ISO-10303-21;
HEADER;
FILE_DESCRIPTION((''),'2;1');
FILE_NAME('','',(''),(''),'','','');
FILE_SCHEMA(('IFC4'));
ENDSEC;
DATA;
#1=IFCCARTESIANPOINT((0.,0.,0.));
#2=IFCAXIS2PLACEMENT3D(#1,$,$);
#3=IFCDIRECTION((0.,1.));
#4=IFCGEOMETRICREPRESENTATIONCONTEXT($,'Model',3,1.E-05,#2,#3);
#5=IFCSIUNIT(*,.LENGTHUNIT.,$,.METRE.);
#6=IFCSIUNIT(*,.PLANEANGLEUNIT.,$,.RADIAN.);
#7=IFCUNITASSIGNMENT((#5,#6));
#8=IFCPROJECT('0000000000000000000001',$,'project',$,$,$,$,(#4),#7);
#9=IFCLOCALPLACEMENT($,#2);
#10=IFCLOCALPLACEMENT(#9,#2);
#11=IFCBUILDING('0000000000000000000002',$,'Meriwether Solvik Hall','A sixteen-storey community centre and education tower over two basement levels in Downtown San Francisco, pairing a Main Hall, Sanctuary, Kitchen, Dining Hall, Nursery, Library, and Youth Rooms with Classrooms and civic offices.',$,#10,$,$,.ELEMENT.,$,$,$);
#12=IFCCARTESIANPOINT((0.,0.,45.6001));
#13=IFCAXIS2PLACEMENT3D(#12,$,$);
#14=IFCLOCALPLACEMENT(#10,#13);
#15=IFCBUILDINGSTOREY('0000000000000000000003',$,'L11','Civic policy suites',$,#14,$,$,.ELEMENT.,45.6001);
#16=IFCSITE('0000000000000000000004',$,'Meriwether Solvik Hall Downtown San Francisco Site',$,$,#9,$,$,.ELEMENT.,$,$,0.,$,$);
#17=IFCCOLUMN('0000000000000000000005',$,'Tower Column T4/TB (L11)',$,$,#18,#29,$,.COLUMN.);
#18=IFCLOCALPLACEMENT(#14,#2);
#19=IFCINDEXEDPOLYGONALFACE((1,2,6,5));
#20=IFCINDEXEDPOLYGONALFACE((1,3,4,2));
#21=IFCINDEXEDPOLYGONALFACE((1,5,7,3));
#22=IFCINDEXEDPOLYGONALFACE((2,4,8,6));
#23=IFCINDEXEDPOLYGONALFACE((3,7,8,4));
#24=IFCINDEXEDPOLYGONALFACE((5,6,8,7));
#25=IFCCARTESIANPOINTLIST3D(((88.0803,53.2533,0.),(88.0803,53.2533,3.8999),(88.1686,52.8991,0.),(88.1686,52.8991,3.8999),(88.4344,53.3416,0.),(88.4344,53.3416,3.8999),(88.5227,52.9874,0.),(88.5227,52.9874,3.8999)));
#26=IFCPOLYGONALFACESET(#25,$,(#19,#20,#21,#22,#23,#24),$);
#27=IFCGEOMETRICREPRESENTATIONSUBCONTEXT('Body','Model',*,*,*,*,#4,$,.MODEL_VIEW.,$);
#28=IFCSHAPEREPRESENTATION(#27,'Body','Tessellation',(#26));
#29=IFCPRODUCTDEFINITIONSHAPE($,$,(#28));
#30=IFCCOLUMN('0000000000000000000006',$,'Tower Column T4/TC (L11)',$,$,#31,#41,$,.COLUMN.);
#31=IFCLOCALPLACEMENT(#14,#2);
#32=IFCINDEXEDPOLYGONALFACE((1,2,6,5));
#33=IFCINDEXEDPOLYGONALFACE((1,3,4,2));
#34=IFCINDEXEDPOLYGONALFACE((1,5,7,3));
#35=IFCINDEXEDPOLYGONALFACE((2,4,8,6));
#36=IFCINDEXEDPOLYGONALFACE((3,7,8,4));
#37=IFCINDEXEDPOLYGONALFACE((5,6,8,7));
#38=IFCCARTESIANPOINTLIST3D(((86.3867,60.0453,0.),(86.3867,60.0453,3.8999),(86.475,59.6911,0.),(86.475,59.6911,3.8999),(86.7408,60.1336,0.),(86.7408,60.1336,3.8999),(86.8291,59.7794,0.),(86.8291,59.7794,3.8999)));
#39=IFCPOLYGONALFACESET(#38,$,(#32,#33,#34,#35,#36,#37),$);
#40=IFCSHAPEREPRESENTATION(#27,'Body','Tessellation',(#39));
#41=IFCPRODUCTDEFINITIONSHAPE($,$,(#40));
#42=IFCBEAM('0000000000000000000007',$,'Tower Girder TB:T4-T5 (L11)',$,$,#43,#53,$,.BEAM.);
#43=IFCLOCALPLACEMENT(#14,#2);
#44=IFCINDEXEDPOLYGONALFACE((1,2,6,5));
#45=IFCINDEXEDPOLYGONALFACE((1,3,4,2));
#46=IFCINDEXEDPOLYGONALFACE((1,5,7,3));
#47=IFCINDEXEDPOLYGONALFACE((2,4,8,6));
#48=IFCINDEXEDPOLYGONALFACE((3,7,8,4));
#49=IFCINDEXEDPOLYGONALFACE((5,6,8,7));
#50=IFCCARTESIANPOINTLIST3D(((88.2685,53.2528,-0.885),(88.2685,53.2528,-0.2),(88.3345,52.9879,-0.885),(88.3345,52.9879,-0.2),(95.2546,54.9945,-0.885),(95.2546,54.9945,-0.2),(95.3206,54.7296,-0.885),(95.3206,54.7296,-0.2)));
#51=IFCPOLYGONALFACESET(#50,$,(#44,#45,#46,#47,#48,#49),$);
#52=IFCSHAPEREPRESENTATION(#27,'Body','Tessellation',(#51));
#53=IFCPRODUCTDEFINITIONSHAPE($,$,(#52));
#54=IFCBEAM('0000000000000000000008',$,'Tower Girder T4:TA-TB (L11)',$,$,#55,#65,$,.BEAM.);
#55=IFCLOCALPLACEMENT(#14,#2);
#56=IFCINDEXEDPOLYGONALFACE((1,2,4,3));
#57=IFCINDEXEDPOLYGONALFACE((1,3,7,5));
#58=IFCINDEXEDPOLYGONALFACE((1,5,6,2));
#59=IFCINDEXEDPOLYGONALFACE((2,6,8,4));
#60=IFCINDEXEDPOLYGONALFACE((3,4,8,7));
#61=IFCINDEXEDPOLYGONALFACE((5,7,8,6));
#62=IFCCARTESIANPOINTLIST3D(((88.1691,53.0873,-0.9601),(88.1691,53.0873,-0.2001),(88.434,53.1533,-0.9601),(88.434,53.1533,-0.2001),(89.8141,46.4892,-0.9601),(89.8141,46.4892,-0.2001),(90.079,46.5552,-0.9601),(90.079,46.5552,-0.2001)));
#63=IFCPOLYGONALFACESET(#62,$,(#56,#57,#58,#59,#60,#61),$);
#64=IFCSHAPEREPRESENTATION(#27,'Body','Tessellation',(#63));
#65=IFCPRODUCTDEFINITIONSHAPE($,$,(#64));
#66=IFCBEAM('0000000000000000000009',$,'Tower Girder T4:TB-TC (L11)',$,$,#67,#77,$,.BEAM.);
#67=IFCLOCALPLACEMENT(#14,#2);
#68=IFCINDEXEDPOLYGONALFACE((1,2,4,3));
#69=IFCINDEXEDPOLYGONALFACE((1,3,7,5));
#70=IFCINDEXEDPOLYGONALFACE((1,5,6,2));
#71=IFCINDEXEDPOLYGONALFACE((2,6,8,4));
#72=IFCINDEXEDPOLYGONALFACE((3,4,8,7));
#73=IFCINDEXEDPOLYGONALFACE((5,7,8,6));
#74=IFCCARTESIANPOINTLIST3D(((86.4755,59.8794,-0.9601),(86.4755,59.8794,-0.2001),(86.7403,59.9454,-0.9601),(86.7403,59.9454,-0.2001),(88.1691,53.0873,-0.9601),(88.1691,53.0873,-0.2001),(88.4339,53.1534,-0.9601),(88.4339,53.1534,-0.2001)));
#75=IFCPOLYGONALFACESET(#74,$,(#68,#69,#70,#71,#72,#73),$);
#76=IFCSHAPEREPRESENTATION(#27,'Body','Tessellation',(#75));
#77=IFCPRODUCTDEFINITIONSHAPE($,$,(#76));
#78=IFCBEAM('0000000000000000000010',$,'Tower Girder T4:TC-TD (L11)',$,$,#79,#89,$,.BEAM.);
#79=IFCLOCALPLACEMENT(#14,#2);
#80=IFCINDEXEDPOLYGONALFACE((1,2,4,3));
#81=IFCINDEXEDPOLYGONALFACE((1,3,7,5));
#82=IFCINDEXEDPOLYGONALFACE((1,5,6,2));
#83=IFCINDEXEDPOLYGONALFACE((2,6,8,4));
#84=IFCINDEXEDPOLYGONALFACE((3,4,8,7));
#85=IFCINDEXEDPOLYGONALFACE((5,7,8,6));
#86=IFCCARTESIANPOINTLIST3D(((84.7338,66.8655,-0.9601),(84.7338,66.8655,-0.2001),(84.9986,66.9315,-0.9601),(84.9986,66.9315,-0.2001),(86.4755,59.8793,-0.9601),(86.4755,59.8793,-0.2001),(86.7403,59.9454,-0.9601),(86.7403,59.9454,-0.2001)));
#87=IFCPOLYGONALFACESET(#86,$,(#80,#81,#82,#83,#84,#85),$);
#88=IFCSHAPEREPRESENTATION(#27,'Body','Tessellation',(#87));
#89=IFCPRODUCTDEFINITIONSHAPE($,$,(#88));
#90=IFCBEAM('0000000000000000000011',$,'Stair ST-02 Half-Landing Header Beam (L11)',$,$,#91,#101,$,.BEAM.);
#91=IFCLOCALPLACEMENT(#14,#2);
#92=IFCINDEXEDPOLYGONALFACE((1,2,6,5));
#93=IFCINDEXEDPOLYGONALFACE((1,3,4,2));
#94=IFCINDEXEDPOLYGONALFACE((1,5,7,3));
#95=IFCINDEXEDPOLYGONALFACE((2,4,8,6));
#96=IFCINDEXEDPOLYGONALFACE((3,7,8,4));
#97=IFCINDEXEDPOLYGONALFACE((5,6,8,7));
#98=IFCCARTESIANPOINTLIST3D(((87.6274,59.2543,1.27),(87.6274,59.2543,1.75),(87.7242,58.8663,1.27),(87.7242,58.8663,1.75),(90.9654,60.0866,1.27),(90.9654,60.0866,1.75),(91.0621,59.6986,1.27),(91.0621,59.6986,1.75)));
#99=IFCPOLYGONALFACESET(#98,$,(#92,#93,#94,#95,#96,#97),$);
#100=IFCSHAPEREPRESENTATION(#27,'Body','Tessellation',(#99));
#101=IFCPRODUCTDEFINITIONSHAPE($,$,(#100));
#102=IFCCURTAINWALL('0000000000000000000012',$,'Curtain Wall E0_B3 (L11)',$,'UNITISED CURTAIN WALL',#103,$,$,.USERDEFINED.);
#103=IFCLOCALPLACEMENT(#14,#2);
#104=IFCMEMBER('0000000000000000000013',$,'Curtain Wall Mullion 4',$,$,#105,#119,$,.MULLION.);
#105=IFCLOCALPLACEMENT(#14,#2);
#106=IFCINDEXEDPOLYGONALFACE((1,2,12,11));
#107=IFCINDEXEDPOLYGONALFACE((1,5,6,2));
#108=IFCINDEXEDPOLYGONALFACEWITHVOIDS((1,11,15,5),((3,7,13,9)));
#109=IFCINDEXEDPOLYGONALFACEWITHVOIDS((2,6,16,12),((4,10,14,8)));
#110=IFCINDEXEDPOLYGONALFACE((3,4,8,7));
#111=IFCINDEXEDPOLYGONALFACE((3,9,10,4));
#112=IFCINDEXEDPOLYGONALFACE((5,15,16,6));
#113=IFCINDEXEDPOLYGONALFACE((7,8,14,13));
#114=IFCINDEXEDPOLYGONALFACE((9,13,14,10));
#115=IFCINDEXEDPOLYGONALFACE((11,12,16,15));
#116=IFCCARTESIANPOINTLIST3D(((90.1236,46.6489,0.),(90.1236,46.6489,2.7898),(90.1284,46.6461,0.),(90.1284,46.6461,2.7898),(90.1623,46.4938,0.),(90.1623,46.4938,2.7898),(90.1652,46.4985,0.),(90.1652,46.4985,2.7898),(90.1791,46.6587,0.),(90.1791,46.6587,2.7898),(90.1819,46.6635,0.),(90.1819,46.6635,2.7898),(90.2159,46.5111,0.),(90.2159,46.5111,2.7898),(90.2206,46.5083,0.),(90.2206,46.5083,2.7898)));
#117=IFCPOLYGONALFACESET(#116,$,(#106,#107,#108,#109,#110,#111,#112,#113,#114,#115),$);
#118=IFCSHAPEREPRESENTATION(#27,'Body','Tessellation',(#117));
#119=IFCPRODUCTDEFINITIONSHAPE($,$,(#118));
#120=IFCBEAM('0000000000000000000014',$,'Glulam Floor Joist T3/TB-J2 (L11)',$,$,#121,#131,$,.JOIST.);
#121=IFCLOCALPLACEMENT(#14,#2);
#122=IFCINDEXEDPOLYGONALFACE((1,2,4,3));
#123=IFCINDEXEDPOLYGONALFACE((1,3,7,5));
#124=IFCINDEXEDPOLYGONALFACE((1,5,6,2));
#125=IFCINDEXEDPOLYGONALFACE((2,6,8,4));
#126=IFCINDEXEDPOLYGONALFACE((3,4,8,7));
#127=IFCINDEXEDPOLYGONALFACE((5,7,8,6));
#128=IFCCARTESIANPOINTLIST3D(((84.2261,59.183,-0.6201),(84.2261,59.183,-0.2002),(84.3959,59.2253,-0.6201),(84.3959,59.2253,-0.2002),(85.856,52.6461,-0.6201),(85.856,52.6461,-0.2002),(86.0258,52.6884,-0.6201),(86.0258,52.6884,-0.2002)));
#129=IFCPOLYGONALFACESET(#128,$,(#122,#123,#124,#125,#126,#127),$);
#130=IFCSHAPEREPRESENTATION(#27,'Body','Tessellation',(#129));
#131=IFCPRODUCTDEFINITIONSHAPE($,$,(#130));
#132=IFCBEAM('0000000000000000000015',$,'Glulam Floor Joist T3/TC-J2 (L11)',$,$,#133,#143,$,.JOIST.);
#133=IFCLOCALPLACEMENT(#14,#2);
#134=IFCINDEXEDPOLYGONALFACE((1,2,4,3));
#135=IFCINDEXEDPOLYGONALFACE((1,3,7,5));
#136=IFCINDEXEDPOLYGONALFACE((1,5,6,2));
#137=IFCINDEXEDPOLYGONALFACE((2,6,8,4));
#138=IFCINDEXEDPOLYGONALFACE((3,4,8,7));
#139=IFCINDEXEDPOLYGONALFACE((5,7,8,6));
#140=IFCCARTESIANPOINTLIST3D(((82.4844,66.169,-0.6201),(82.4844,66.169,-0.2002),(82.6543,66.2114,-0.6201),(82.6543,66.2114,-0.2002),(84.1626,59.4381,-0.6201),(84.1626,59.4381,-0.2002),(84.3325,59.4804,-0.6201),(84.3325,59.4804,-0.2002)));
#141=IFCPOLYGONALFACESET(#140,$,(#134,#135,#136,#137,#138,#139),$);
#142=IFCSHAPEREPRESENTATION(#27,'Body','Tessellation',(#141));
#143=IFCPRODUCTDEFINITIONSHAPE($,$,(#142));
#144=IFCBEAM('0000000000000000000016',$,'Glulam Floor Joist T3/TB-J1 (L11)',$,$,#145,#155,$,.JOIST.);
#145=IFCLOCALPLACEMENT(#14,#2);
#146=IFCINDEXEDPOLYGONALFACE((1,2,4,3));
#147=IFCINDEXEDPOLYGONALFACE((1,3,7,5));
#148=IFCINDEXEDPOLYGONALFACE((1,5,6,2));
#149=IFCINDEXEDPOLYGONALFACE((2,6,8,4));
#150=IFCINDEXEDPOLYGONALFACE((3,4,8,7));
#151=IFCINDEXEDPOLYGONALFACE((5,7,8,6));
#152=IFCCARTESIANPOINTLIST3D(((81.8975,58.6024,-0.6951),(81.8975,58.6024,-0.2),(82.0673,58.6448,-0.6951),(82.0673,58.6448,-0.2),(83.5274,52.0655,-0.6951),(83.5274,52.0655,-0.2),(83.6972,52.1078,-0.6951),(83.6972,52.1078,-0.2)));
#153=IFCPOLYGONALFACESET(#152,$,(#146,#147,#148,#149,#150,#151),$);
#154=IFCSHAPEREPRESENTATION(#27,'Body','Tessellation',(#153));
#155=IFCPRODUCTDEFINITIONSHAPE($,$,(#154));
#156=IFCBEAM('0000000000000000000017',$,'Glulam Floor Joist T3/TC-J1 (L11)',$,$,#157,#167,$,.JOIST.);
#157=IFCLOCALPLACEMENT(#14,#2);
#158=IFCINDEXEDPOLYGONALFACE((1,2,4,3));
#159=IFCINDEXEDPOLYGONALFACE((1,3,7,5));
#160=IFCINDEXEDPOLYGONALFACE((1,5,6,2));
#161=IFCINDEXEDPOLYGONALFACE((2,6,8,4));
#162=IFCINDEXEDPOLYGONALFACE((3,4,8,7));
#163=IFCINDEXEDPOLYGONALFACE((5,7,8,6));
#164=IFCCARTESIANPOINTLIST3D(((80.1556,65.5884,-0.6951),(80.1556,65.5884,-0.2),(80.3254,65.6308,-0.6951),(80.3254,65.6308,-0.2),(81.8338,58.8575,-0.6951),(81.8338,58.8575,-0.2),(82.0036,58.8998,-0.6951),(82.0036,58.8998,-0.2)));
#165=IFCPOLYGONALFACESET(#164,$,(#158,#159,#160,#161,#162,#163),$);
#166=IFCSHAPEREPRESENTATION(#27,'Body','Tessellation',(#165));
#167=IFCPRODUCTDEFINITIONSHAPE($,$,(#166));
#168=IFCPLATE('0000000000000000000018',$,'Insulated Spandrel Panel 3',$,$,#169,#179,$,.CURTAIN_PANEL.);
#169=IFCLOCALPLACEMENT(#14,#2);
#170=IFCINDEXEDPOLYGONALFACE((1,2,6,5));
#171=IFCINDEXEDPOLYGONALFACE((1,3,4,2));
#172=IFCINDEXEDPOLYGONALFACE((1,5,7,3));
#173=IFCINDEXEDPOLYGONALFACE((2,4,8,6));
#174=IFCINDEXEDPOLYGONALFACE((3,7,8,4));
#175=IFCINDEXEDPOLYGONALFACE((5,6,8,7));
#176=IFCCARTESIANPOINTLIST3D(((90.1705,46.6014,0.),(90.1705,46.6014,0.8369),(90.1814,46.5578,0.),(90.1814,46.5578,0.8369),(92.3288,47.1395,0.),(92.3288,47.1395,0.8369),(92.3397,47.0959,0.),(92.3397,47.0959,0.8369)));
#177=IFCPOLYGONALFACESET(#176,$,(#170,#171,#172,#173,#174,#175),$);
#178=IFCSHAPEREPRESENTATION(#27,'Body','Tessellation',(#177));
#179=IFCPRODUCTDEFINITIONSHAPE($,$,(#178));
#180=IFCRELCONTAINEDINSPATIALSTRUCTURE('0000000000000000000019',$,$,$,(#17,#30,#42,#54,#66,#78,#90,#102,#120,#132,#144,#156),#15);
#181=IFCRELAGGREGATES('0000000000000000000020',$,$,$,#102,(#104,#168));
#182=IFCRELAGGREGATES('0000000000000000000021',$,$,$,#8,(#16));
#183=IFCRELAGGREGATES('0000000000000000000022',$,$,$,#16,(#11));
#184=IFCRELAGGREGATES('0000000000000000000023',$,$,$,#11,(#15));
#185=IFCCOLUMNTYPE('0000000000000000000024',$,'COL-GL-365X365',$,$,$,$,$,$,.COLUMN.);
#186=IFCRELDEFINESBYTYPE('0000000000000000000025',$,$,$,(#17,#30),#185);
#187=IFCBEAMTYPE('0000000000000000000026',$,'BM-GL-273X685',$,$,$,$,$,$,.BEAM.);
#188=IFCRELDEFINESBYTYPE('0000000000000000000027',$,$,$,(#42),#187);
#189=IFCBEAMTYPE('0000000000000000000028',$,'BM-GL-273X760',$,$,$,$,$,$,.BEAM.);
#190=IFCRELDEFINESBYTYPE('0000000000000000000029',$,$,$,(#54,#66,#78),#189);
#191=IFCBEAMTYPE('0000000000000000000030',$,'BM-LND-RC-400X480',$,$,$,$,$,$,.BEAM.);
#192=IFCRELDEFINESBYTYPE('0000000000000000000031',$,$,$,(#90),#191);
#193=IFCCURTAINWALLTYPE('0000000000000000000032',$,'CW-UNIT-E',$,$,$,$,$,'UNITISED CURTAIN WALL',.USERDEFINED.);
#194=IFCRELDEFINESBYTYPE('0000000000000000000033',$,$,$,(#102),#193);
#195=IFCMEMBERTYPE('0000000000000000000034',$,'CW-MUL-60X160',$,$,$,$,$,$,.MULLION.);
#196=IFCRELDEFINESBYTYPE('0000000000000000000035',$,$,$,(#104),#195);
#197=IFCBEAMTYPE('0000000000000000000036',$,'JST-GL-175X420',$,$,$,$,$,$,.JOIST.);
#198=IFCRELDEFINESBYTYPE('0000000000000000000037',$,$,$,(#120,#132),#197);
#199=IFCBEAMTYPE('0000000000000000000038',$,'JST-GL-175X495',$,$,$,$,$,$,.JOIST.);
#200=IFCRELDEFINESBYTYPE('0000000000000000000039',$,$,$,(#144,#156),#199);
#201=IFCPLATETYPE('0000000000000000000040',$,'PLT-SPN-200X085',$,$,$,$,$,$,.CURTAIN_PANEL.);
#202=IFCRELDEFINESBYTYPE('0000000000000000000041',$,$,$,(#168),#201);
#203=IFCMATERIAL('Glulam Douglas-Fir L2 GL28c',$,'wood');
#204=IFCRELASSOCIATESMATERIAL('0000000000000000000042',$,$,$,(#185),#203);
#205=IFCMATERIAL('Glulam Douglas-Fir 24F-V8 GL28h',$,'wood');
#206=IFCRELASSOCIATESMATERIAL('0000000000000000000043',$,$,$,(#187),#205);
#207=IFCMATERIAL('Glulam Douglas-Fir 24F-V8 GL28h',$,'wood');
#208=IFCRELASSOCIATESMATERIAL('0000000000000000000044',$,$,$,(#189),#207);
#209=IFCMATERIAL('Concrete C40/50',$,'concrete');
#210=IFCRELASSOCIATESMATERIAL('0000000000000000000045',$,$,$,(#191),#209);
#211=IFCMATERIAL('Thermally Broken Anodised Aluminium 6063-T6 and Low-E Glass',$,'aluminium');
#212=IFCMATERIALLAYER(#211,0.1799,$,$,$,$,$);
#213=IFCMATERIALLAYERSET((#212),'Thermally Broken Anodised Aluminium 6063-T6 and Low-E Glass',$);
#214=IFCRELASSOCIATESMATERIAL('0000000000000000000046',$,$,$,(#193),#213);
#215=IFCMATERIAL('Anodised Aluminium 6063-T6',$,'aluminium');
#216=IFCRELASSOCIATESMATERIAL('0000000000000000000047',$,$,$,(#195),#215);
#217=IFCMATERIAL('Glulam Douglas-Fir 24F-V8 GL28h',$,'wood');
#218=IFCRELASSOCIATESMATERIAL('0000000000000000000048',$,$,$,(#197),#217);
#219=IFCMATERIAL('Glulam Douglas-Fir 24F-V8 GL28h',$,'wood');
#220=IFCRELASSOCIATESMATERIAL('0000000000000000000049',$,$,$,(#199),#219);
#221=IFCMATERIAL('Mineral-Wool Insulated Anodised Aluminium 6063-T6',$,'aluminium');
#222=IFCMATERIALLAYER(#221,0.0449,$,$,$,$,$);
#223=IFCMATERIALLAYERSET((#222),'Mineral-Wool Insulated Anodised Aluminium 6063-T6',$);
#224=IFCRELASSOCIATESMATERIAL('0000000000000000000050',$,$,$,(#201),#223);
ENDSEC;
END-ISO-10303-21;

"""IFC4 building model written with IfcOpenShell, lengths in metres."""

from ifc_helpers import new_model, si_unit, direction, frame, origin, origin_2d, place, context, subcontext, project, spatial, rectangle, hollow_rectangle, extrude, material, layer, layer_set, material_profile, profile_set, type_object, element, aggregate, save


model = new_model("IFC4")

# Units and contexts
model_context = context("Model", 3, precision=1e-05, world=origin(), true_north=direction((0.0, 1.0)))
body_context = subcontext(model_context, "Body", "Model", "MODEL_VIEW")
ifc_project = project(units=[si_unit("LENGTHUNIT", "METRE"), si_unit("PLANEANGLEUNIT", "RADIAN")], contexts=[model_context])

# Site, building, storey
site_placement = place(None, origin())
site = spatial("IfcSite", under=ifc_project, at=site_placement, Name="Meriwether Solvik Hall Downtown San Francisco Site", CompositionType="ELEMENT", RefElevation=0.0)
building_placement = place(site_placement, origin())
building = spatial("IfcBuilding", under=site, at=building_placement, Name="Meriwether Solvik Hall", Description="A sixteen-storey community centre and education tower over two basement levels in Downtown San Francisco, pairing a Main Hall, Sanctuary, Kitchen, Dining Hall, Nursery, Library, and Youth Rooms with Classrooms and civic offices.", CompositionType="ELEMENT")
storey_placement = place(building_placement, frame((0.0, 0.0, 45.6001)))
storey = spatial("IfcBuildingStorey", under=building, at=storey_placement, Name="L11", Description="Civic policy suites", CompositionType="ELEMENT", Elevation=45.6001)

# Columns
ifc_material_1 = material(Name="Glulam Douglas-Fir L2 GL28c", Category="wood")
ifc_material_profile_1 = material_profile(ifc_material_1, rectangle(XDim=0.365, YDim=0.365, at=origin_2d()), Name="GLC-365X365")
ifc_profile_set_1 = profile_set([ifc_material_profile_1], Name="Glulam Douglas-Fir L2 GL28c")
column_type = type_object("IfcColumnType", Name="COL-GL-365X365", PredefinedType="COLUMN", material=ifc_profile_set_1)
for number, where, z_axis, x_axis, name in (
    (1, (88.3015, 53.1204, 0.0), (0.0, 0.0, 1.0), (0.970296, 0.241922, 0.0), "Tower Column T4/TB (L11)"),
    (2, (86.6079, 59.9124, 0.0), (0.0, 0.0, 1.0), (0.970296, 0.241922, 0.0), "Tower Column T4/TC (L11)"),
):
    element("IfcColumn", number, at=place(storey_placement, frame(where, z_axis=z_axis, x_axis=x_axis)), inside=storey, type_object=column_type, Name=name, PredefinedType="COLUMN", context=body_context, shape_type="SweptSolid", body=[
        extrude(rectangle(XDim=0.365, YDim=0.365, at=origin_2d()), origin(), (0.0, 0.0, 1.0), 3.8999),
    ])

# Beams
ifc_material_2 = material(Name="Glulam Douglas-Fir 24F-V8 GL28h", Category="wood")
ifc_material_profile_2 = material_profile(ifc_material_2, rectangle(XDim=0.2729, YDim=0.6851, at=origin_2d()), Name="GLB-273X685")
ifc_profile_set_2 = profile_set([ifc_material_profile_2], Name="Glulam Douglas-Fir 24F-V8 GL28h")
beam_type_1 = type_object("IfcBeamType", Name="BM-GL-273X685", PredefinedType="BEAM", material=ifc_profile_set_2)
beam_1_placement = place(storey_placement, frame((88.3015, 53.1204, -0.5425), z_axis=(0.9703, 0.241905, 0.0), x_axis=(-0.241905, 0.9703, 0.0)))
element("IfcBeam", 3, at=beam_1_placement, inside=storey, type_object=beam_type_1, Name="Tower Girder TB:T4-T5 (L11)", PredefinedType="BEAM", context=body_context, shape_type="SweptSolid", body=[
    extrude(rectangle(XDim=0.2729, YDim=0.6851, at=origin_2d()), origin(), (0.0, 0.0, 1.0), 7.2),
])
ifc_material_3 = material(Name="Glulam Douglas-Fir 24F-V8 GL28h", Category="wood")
ifc_material_profile_3 = material_profile(ifc_material_3, rectangle(XDim=0.2729, YDim=0.76, at=origin_2d()), Name="GLB-273X760")
ifc_profile_set_3 = profile_set([ifc_material_profile_3], Name="Glulam Douglas-Fir 24F-V8 GL28h")
beam_type_2 = type_object("IfcBeamType", Name="BM-GL-273X760", PredefinedType="BEAM", material=ifc_profile_set_3)
beam_2_placement = place(storey_placement, frame((89.9465, 46.5222, -0.5801), z_axis=(-0.24191, 0.970299, 0.0), x_axis=(-0.970299, -0.24191, 0.0)))
element("IfcBeam", 4, at=beam_2_placement, inside=storey, type_object=beam_type_2, Name="Tower Girder T4:TA-TB (L11)", PredefinedType="BEAM", context=body_context, shape_type="SweptSolid", body=[
    extrude(rectangle(XDim=0.2729, YDim=0.76, at=origin_2d()), origin(), (0.0, 0.0, 1.0), 6.8),
])
beam_3_placement = place(storey_placement, frame((88.3015, 53.1204, -0.5801), z_axis=(-0.241945, 0.97029, 0.0), x_axis=(-0.97029, -0.241945, 0.0)))
element("IfcBeam", 5, at=beam_3_placement, inside=storey, type_object=beam_type_2, Name="Tower Girder T4:TB-TC (L11)", PredefinedType="BEAM", context=body_context, shape_type="SweptSolid", body=[
    extrude(rectangle(XDim=0.2729, YDim=0.76, at=origin_2d()), origin(), (0.0, 0.0, 1.0), 7.0),
])
beam_4_placement = place(storey_placement, frame((86.6079, 59.9124, -0.5801), z_axis=(-0.241905, 0.9703, 0.0), x_axis=(-0.9703, -0.241905, 0.0)))
element("IfcBeam", 6, at=beam_4_placement, inside=storey, type_object=beam_type_2, Name="Tower Girder T4:TC-TD (L11)", PredefinedType="BEAM", context=body_context, shape_type="SweptSolid", body=[
    extrude(rectangle(XDim=0.2729, YDim=0.76, at=origin_2d()), origin(), (0.0, 0.0, 1.0), 7.2),
])
ifc_material_4 = material(Name="Concrete C40/50", Category="concrete")
ifc_material_profile_4 = material_profile(ifc_material_4, rectangle(XDim=0.3999, YDim=0.48, at=origin_2d()), Name="RCB-400X480")
ifc_profile_set_4 = profile_set([ifc_material_profile_4], Name="Concrete C40/50")
beam_type_3 = type_object("IfcBeamType", Name="BM-LND-RC-400X480", PredefinedType="BEAM", material=ifc_profile_set_4)
beam_5_placement = place(storey_placement, frame((87.6758, 59.0603, 1.51), z_axis=(0.970293, 0.241934, 0.0), x_axis=(-0.241934, 0.970293, 0.0)))
element("IfcBeam", 7, at=beam_5_placement, inside=storey, type_object=beam_type_3, Name="Stair ST-02 Half-Landing Header Beam (L11)", PredefinedType="BEAM", context=body_context, shape_type="SweptSolid", body=[
    extrude(rectangle(XDim=0.3999, YDim=0.48, at=origin_2d()), origin(), (0.0, 0.0, 1.0), 3.4402),
])

# Curtain wall, member
ifc_material_5 = material(Name="Thermally Broken Anodised Aluminium 6063-T6 and Low-E Glass", Category="aluminium")
ifc_layer_1 = layer(ifc_material_5, 0.1799)
ifc_layer_set_1 = layer_set([ifc_layer_1], Name="Thermally Broken Anodised Aluminium 6063-T6 and Low-E Glass")
curtain_wall_type = type_object("IfcCurtainWallType", Name="CW-UNIT-E", ElementType="UNITISED CURTAIN WALL", PredefinedType="USERDEFINED", material=ifc_layer_set_1)
curtain_wall_placement = place(storey_placement, origin())
curtain_wall = element("IfcCurtainWall", 8, at=curtain_wall_placement, inside=storey, type_object=curtain_wall_type, Name="Curtain Wall E0_B3 (L11)", ObjectType="UNITISED CURTAIN WALL", PredefinedType="USERDEFINED")
ifc_material_6 = material(Name="Anodised Aluminium 6063-T6", Category="aluminium")
ifc_material_profile_5 = material_profile(ifc_material_6, hollow_rectangle(XDim=0.0601, YDim=0.1599, WallThickness=0.0039, at=origin_2d()), Name="CWM-60X160")
ifc_profile_set_5 = profile_set([ifc_material_profile_5], Name="Anodised Aluminium 6063-T6")
member_type = type_object("IfcMemberType", Name="CW-MUL-60X160", PredefinedType="MULLION", material=ifc_profile_set_5)
member_placement = place(storey_placement, frame((90.1721, 46.5786, 0.0), z_axis=(0.0, 0.0, 1.0), x_axis=(-0.970296, -0.241922, 0.0)))
member = element("IfcMember", 9, at=member_placement, type_object=member_type, Name="Curtain Wall Mullion 4", PredefinedType="MULLION", context=body_context, shape_type="SweptSolid", body=[
    extrude(hollow_rectangle(XDim=0.0601, YDim=0.1599, WallThickness=0.0039, at=origin_2d()), origin(), (0.0, 0.0, 1.0), 2.7898),
])

# Beams
ifc_material_7 = material(Name="Glulam Douglas-Fir 24F-V8 GL28h", Category="wood")
ifc_material_profile_6 = material_profile(ifc_material_7, rectangle(XDim=0.175, YDim=0.4199, at=origin_2d()), Name="GLJ-175X420")
ifc_profile_set_6 = profile_set([ifc_material_profile_6], Name="Glulam Douglas-Fir 24F-V8 GL28h")
beam_type_4 = type_object("IfcBeamType", Name="JST-GL-175X420", PredefinedType="JOIST", material=ifc_profile_set_6)
beam_6_placement = place(storey_placement, frame((85.9409, 52.6672, -0.4102), z_axis=(-0.24193, 0.970294, 0.0), x_axis=(-0.970294, -0.24193, 0.0)))
element("IfcBeam", 10, at=beam_6_placement, inside=storey, type_object=beam_type_4, Name="Glulam Floor Joist T3/TB-J2 (L11)", PredefinedType="JOIST", context=body_context, shape_type="SweptSolid", body=[
    extrude(rectangle(XDim=0.175, YDim=0.4199, at=origin_2d()), origin(), (0.0, 0.0, 1.0), 6.7371),
])
beam_7_placement = place(storey_placement, frame((84.2476, 59.4592, -0.4102), z_axis=(-0.241923, 0.970296, 0.0), x_axis=(-0.970296, -0.241923, 0.0)))
element("IfcBeam", 11, at=beam_7_placement, inside=storey, type_object=beam_type_4, Name="Glulam Floor Joist T3/TC-J2 (L11)", PredefinedType="JOIST", context=body_context, shape_type="SweptSolid", body=[
    extrude(rectangle(XDim=0.175, YDim=0.4199, at=origin_2d()), origin(), (0.0, 0.0, 1.0), 6.937),
])
ifc_material_8 = material(Name="Glulam Douglas-Fir 24F-V8 GL28h", Category="wood")
ifc_material_profile_7 = material_profile(ifc_material_8, rectangle(XDim=0.175, YDim=0.4951, at=origin_2d()), Name="GLJ-175X495")
ifc_profile_set_7 = profile_set([ifc_material_profile_7], Name="Glulam Douglas-Fir 24F-V8 GL28h")
beam_type_5 = type_object("IfcBeamType", Name="JST-GL-175X495", PredefinedType="JOIST", material=ifc_profile_set_7)
beam_8_placement = place(storey_placement, frame((83.6123, 52.0867, -0.4475), z_axis=(-0.24193, 0.970294, 0.0), x_axis=(-0.970294, -0.24193, 0.0)))
element("IfcBeam", 12, at=beam_8_placement, inside=storey, type_object=beam_type_5, Name="Glulam Floor Joist T3/TB-J1 (L11)", PredefinedType="JOIST", context=body_context, shape_type="SweptSolid", body=[
    extrude(rectangle(XDim=0.175, YDim=0.4951, at=origin_2d()), origin(), (0.0, 0.0, 1.0), 6.7371),
])
beam_9_placement = place(storey_placement, frame((81.9187, 58.8787, -0.4475), z_axis=(-0.241923, 0.970296, 0.0), x_axis=(-0.970296, -0.241923, 0.0)))
element("IfcBeam", 13, at=beam_9_placement, inside=storey, type_object=beam_type_5, Name="Glulam Floor Joist T3/TC-J1 (L11)", PredefinedType="JOIST", context=body_context, shape_type="SweptSolid", body=[
    extrude(rectangle(XDim=0.175, YDim=0.4951, at=origin_2d()), origin(), (0.0, 0.0, 1.0), 6.937),
])

# Plate
ifc_material_9 = material(Name="Mineral-Wool Insulated Anodised Aluminium 6063-T6", Category="aluminium")
ifc_layer_2 = layer(ifc_material_9, 0.0449)
ifc_layer_set_2 = layer_set([ifc_layer_2], Name="Mineral-Wool Insulated Anodised Aluminium 6063-T6")
plate_type = type_object("IfcPlateType", Name="PLT-SPN-200X085", PredefinedType="CURTAIN_PANEL", material=ifc_layer_set_2)
plate_placement = place(storey_placement, frame((91.2551, 46.8486, 0.0), z_axis=(0.0, 0.0, 1.0), x_axis=(-0.970296, -0.241922, 0.0)))
plate = element("IfcPlate", 14, at=plate_placement, type_object=plate_type, Name="Insulated Spandrel Panel 3", PredefinedType="CURTAIN_PANEL", context=body_context, shape_type="SweptSolid", body=[
    extrude(rectangle(XDim=2.2244, YDim=0.0449, at=origin_2d()), origin(), (0.0, 0.0, 1.0), 0.8369),
])
aggregate(curtain_wall, [member, plate])

save(model, "model.ifc")
